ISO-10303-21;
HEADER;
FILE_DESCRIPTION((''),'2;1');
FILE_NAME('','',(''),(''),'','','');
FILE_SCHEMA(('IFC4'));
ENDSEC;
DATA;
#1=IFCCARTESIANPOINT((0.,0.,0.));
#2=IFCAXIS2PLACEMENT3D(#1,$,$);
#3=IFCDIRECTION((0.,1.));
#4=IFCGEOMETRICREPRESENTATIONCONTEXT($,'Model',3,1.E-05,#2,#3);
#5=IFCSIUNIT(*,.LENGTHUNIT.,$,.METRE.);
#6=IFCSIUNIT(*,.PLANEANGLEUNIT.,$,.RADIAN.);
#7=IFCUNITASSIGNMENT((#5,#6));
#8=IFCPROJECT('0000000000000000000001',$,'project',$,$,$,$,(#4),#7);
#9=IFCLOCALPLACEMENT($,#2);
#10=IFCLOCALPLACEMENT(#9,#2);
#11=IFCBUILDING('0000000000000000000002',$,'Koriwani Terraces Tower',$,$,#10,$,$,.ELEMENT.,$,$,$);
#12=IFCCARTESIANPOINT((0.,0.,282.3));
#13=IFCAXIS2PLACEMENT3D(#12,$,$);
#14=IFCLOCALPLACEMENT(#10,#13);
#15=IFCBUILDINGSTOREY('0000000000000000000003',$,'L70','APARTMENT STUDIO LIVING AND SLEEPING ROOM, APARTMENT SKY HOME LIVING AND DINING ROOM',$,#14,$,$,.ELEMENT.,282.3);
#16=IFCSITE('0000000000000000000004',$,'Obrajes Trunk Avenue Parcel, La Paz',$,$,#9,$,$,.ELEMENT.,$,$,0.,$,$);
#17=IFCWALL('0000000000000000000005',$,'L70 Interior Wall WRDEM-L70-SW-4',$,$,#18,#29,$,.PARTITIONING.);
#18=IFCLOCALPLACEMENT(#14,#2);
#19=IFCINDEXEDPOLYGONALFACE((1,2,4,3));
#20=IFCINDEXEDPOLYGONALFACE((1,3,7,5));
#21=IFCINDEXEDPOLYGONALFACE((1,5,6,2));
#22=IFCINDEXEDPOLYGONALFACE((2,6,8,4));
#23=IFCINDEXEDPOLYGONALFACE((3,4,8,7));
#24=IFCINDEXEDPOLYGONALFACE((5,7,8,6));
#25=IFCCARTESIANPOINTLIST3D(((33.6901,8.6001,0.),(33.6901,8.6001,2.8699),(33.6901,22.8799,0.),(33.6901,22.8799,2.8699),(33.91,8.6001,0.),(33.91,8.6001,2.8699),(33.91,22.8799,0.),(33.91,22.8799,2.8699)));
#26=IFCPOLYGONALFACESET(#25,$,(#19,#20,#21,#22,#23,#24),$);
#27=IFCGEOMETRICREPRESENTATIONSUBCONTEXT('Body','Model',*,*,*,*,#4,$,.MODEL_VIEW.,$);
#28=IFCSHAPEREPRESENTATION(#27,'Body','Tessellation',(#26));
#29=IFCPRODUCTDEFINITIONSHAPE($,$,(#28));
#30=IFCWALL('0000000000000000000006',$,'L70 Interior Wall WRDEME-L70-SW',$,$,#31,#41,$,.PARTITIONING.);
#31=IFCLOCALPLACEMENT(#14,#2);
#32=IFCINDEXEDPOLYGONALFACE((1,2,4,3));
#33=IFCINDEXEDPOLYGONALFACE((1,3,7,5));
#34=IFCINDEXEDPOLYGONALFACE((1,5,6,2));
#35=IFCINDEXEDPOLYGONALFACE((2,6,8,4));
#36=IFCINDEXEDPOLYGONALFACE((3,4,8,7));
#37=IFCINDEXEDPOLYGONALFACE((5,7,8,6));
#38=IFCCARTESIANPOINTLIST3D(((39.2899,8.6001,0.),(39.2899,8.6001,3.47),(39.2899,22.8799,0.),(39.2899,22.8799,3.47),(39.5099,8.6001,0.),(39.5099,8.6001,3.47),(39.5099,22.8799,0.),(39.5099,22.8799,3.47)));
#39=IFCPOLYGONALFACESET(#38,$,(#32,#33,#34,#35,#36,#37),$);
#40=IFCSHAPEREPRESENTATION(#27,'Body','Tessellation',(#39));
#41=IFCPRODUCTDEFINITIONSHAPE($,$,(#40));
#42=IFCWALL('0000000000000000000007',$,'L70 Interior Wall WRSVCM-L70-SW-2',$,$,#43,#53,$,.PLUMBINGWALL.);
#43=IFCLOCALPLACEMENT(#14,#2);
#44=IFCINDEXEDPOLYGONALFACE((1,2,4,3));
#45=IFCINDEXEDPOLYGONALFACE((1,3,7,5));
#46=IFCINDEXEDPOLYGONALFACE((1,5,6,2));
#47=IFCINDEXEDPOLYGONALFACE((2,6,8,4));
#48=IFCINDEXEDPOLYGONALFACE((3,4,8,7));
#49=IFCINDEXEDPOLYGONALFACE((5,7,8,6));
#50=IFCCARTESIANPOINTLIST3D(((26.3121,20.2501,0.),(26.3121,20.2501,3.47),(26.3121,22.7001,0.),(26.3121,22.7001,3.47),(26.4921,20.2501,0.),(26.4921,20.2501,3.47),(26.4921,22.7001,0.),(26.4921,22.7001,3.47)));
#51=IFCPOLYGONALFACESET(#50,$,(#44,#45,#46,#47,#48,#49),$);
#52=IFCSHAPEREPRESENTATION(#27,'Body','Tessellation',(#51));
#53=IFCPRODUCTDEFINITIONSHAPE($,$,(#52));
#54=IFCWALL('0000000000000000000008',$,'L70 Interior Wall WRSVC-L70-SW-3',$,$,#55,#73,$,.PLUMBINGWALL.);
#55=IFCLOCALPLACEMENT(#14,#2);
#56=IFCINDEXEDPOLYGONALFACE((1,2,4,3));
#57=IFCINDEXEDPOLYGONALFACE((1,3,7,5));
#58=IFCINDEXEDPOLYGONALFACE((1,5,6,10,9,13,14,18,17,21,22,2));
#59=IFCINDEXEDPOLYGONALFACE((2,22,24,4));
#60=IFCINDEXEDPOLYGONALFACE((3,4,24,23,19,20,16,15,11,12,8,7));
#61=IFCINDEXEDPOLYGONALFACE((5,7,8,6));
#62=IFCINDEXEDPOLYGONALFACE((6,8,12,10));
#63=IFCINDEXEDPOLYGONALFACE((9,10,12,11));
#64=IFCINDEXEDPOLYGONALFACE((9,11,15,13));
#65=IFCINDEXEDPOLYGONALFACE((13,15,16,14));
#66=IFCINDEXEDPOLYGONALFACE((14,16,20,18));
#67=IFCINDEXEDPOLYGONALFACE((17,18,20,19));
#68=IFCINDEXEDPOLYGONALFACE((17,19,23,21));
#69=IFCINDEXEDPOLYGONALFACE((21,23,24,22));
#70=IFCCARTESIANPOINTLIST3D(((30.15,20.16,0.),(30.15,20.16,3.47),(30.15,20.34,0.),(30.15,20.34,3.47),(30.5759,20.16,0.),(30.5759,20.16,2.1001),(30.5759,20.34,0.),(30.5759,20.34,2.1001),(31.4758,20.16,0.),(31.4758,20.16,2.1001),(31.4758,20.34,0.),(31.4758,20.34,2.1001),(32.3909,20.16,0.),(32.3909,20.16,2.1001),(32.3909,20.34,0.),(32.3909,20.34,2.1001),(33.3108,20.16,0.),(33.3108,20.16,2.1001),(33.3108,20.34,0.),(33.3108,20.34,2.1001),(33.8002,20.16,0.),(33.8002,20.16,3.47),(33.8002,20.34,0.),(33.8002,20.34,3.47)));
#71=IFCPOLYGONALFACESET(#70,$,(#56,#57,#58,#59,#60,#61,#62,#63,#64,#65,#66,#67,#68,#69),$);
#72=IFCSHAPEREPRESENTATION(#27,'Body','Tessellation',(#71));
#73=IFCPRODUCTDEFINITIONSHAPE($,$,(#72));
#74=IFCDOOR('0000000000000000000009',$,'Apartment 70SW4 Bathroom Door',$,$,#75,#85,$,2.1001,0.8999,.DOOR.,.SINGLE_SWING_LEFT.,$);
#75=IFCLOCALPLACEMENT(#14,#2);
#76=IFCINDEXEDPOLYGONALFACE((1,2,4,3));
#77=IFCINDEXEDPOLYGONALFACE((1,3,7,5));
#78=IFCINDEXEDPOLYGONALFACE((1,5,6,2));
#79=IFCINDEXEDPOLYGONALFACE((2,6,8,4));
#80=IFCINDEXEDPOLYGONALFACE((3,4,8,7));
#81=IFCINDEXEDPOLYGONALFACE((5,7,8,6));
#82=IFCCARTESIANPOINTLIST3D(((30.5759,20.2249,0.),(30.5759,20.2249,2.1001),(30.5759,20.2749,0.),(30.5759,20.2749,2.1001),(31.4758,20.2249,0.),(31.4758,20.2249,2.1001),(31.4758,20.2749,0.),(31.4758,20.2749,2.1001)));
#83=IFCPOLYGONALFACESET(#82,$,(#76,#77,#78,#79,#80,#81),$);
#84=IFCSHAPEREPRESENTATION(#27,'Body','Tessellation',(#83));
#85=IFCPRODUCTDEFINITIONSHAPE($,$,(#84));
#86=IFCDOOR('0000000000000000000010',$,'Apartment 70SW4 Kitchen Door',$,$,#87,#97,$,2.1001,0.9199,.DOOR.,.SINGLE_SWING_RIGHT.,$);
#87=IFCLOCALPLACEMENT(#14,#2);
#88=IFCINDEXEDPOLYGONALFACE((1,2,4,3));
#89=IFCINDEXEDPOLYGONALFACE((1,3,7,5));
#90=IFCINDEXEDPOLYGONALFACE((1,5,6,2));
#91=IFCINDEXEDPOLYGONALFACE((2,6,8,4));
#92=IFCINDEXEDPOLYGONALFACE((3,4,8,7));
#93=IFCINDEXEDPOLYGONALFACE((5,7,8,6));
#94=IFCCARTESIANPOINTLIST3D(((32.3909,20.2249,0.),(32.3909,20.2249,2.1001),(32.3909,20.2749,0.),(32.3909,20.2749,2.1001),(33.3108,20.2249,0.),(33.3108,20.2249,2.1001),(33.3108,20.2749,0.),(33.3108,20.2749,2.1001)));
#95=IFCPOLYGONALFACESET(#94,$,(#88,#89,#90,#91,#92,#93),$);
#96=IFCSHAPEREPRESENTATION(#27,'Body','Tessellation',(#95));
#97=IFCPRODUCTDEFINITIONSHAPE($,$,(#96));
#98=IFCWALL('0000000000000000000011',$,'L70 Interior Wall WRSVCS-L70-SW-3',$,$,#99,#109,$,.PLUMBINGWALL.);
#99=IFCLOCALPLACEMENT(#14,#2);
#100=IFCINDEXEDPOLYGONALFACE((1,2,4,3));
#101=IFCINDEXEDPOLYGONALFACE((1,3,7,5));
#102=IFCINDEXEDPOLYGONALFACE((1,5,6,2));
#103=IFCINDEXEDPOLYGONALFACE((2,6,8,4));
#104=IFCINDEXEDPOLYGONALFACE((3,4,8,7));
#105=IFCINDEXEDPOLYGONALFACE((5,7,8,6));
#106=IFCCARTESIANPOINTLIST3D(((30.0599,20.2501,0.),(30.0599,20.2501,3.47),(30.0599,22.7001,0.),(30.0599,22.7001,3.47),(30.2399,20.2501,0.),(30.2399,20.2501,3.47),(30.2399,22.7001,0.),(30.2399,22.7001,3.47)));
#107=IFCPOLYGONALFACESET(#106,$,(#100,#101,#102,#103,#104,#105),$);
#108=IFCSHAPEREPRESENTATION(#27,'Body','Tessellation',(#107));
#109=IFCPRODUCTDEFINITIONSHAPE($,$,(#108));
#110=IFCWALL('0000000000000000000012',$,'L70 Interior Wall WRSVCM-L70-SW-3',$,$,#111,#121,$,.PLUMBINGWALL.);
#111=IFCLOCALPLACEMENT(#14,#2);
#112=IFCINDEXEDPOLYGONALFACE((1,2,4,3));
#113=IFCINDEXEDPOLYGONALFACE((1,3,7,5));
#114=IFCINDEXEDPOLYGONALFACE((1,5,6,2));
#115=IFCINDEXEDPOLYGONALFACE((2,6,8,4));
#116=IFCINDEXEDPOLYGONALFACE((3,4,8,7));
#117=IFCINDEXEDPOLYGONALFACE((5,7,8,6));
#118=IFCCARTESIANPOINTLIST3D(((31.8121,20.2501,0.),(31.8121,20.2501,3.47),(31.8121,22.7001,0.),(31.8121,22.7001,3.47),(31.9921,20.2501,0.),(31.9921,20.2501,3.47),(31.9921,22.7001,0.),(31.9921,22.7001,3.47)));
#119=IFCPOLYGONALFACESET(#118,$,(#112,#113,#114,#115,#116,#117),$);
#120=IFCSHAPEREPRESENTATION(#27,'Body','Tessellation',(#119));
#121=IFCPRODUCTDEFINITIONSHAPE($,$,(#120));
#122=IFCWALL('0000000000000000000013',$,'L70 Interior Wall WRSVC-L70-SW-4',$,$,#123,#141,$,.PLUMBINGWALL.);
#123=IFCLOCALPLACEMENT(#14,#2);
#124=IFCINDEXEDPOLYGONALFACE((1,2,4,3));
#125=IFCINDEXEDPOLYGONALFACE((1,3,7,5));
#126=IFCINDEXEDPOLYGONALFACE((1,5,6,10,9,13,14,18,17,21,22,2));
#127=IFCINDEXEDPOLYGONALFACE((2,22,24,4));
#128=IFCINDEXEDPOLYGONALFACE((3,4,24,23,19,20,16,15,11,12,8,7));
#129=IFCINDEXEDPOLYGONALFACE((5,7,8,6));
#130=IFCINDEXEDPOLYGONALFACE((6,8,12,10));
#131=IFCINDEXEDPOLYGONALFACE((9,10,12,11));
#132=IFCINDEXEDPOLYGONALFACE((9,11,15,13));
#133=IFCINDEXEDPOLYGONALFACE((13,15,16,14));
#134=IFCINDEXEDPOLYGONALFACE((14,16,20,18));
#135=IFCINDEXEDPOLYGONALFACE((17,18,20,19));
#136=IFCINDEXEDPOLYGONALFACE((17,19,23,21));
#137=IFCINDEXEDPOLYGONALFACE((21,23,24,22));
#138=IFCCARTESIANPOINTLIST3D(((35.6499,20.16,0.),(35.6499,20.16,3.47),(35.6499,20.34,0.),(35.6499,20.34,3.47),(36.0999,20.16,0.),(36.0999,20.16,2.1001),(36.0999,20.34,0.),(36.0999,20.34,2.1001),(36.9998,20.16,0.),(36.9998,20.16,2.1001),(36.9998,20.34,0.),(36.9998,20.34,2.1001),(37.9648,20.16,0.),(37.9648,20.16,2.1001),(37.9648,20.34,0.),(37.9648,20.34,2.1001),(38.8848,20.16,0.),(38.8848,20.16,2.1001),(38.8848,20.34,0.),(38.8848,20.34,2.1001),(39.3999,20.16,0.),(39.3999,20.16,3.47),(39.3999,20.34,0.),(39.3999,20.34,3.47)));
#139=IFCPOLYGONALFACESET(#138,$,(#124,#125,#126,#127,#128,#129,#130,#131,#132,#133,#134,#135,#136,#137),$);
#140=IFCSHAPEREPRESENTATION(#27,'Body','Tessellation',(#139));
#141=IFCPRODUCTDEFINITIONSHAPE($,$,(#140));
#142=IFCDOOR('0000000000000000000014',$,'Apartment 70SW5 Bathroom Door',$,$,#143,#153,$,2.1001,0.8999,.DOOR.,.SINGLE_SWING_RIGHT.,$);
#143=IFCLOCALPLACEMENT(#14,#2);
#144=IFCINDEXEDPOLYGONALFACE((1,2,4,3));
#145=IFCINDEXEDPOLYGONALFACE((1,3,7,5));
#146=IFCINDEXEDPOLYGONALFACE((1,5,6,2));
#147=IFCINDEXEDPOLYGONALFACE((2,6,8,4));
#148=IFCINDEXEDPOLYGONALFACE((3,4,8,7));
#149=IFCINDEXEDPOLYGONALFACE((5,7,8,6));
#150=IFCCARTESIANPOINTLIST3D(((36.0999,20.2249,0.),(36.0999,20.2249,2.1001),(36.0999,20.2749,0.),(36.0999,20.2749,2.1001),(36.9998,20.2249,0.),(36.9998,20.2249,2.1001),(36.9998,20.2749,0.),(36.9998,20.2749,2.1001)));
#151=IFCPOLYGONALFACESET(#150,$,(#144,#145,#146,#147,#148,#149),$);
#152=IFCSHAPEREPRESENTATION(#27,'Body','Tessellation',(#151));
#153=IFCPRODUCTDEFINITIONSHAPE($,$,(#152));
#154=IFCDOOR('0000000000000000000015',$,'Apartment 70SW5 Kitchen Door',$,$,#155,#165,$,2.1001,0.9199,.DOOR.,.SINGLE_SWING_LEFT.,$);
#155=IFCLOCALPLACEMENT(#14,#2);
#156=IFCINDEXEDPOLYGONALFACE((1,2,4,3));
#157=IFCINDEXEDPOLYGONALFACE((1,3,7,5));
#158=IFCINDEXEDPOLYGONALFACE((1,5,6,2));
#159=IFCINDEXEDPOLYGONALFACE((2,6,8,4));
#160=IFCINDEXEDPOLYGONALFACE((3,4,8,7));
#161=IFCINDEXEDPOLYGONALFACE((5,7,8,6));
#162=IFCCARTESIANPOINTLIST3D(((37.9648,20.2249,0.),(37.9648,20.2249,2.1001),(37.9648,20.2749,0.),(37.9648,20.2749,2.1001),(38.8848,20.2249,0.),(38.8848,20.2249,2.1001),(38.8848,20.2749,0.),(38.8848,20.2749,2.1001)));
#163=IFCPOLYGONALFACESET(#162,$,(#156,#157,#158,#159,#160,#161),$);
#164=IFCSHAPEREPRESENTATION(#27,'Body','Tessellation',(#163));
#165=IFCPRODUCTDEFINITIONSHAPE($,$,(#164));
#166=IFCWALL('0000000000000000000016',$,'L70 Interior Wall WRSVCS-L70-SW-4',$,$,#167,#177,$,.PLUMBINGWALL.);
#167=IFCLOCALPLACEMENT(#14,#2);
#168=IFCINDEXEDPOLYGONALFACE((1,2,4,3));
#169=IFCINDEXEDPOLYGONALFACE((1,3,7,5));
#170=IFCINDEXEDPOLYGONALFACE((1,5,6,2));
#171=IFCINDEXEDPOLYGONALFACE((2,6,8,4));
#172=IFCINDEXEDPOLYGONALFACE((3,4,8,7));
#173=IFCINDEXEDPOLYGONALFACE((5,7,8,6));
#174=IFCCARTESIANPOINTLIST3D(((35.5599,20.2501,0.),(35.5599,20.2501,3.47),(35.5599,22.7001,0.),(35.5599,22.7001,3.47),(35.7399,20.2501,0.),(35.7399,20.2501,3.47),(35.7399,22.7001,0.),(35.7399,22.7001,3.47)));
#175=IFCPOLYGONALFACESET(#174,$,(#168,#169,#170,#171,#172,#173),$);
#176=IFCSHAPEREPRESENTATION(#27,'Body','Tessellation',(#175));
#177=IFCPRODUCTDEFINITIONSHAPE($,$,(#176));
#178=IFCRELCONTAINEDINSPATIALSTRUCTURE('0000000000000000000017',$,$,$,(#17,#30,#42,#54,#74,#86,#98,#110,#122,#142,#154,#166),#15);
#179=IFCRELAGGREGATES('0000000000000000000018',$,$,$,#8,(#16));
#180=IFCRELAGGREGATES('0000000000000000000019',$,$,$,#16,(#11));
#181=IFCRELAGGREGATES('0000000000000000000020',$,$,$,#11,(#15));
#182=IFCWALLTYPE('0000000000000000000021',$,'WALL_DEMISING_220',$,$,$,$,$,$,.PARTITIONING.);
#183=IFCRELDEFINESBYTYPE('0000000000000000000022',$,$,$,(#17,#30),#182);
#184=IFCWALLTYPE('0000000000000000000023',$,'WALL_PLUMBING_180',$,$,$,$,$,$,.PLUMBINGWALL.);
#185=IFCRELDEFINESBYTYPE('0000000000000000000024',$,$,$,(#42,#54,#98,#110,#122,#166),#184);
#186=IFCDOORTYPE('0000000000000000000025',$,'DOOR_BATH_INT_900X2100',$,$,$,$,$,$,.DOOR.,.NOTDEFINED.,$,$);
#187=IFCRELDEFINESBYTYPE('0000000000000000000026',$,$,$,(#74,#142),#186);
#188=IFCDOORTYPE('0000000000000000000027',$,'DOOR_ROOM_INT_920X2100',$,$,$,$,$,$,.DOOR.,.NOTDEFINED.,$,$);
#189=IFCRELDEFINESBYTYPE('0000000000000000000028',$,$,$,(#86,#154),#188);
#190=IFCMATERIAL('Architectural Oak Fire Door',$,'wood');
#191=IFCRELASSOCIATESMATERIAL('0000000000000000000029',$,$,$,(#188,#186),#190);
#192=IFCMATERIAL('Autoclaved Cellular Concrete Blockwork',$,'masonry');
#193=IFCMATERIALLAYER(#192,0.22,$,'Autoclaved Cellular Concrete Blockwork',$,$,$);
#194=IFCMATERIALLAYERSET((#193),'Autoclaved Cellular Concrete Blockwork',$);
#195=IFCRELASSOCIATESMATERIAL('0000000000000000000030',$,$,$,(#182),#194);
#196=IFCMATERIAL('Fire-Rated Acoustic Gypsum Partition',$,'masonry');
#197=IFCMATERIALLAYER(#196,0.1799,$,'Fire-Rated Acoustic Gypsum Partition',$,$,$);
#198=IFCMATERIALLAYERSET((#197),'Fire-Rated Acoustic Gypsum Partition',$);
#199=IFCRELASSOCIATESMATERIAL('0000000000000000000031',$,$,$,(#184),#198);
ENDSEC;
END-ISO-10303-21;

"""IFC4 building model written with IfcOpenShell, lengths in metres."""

from ifc_helpers import new_model, si_unit, direction, frame, frame_2d, origin, place, context, subcontext, project, spatial, rectangle, extrude, material, layer, layer_set, type_object, element, fill, save


model = new_model("IFC4")

# Units and contexts
model_context = context("Model", 3, precision=1e-05, world=origin(), true_north=direction((0.0, 1.0)))
body_context = subcontext(model_context, "Body", "Model", "MODEL_VIEW")
ifc_project = project(units=[si_unit("LENGTHUNIT", "METRE"), si_unit("PLANEANGLEUNIT", "RADIAN")], contexts=[model_context])

# Site, building, storey
site_placement = place(None, origin())
site = spatial("IfcSite", under=ifc_project, at=site_placement, Name="Obrajes Trunk Avenue Parcel, La Paz", CompositionType="ELEMENT", RefElevation=0.0)
building_placement = place(site_placement, origin())
building = spatial("IfcBuilding", under=site, at=building_placement, Name="Koriwani Terraces Tower", CompositionType="ELEMENT")
storey_placement = place(building_placement, frame((0.0, 0.0, 282.3)))
storey = spatial("IfcBuildingStorey", under=building, at=storey_placement, Name="L70", Description="APARTMENT STUDIO LIVING AND SLEEPING ROOM, APARTMENT SKY HOME LIVING AND DINING ROOM", CompositionType="ELEMENT", Elevation=282.3)

# Shared definitions
ifc_material_1 = material(Name="Autoclaved Cellular Concrete Blockwork", Category="masonry")
ifc_material_2 = material(Name="Architectural Oak Fire Door", Category="wood")
door_type_1 = type_object("IfcDoorType", Name="DOOR_ROOM_INT_920X2100", OperationType="NOTDEFINED", PredefinedType="DOOR", material=ifc_material_2)

# Walls
ifc_layer_1 = layer(ifc_material_1, 0.22, Name="Autoclaved Cellular Concrete Blockwork")
ifc_layer_set_1 = layer_set([ifc_layer_1], Name="Autoclaved Cellular Concrete Blockwork")
wall_type_1 = type_object("IfcWallType", Name="WALL_DEMISING_220", PredefinedType="PARTITIONING", material=ifc_layer_set_1)
wall_1_placement = place(storey_placement, frame((33.8, 8.6001, 0.0), z_axis=(0.0, 0.0, 1.0), x_axis=(0.0, 1.0, 0.0)))
element("IfcWall", 1, at=wall_1_placement, inside=storey, type_object=wall_type_1, Name="L70 Interior Wall WRDEM-L70-SW-4", PredefinedType="PARTITIONING", context=body_context, shape_type="SweptSolid", body=[
    extrude(rectangle(XDim=14.2798, YDim=0.22, at=frame_2d((7.1399, 0.0))), origin(), (0.0, 0.0, 1.0), 2.8699),
])
wall_2_placement = place(storey_placement, frame((39.3999, 8.6001, 0.0), z_axis=(0.0, 0.0, 1.0), x_axis=(0.0, 1.0, 0.0)))
element("IfcWall", 2, at=wall_2_placement, inside=storey, type_object=wall_type_1, Name="L70 Interior Wall WRDEME-L70-SW", PredefinedType="PARTITIONING", context=body_context, shape_type="SweptSolid", body=[
    extrude(rectangle(XDim=14.2798, YDim=0.22, at=frame_2d((7.1399, 0.0))), origin(), (0.0, 0.0, 1.0), 3.47),
])
ifc_material_3 = material(Name="Fire-Rated Acoustic Gypsum Partition", Category="masonry")
ifc_layer_2 = layer(ifc_material_3, 0.1799, Name="Fire-Rated Acoustic Gypsum Partition")
ifc_layer_set_2 = layer_set([ifc_layer_2], Name="Fire-Rated Acoustic Gypsum Partition")
wall_type_2 = type_object("IfcWallType", Name="WALL_PLUMBING_180", PredefinedType="PLUMBINGWALL", material=ifc_layer_set_2)
wall_3_placement = place(storey_placement, frame((26.4021, 20.25, 0.0), z_axis=(0.0, 0.0, 1.0), x_axis=(0.0, 1.0, 0.0)))
element("IfcWall", 3, at=wall_3_placement, inside=storey, type_object=wall_type_2, Name="L70 Interior Wall WRSVCM-L70-SW-2", PredefinedType="PLUMBINGWALL", context=body_context, shape_type="SweptSolid", body=[
    extrude(rectangle(XDim=2.45, YDim=0.1799, at=frame_2d((1.2251, 0.0))), origin(), (0.0, 0.0, 1.0), 3.47),
])

# Wall, openings, doors
wall_4_placement = place(storey_placement, frame((30.1499, 20.25, 0.0), z_axis=(0.0, 0.0, 1.0), x_axis=(1.0, 0.0, 0.0)))
wall_4 = element("IfcWall", 4, at=wall_4_placement, inside=storey, type_object=wall_type_2, Name="L70 Interior Wall WRSVC-L70-SW-3", PredefinedType="PLUMBINGWALL", context=body_context, shape_type="SweptSolid", body=[
    extrude(rectangle(XDim=3.6501, YDim=0.1799, at=frame_2d((1.8252, 0.0))), origin(), (0.0, 0.0, 1.0), 3.47),
])
opening_1_placement = place(wall_4_placement, frame((0.426, 0.0, 0.0)))
opening_1 = element("IfcOpeningElement", 5, at=opening_1_placement, cuts=wall_4, PredefinedType="OPENING", context=body_context, shape_type="SweptSolid", body=[
    extrude(rectangle(XDim=0.8999, YDim=2.1001, at=frame_2d((0.45, 1.05))), frame((0.0, 0.1001, 0.0), z_axis=(0.0, -1.0, 0.0), x_axis=(1.0, 0.0, 0.0)), (0.0, 0.0, 1.0), 0.2),
])
opening_2_placement = place(wall_4_placement, frame((2.241, 0.0, 0.0)))
opening_2 = element("IfcOpeningElement", 6, at=opening_2_placement, cuts=wall_4, PredefinedType="OPENING", context=body_context, shape_type="SweptSolid", body=[
    extrude(rectangle(XDim=0.9199, YDim=2.1001, at=frame_2d((0.46, 1.05))), frame((0.0, 0.1001, 0.0), z_axis=(0.0, -1.0, 0.0), x_axis=(1.0, 0.0, 0.0)), (0.0, 0.0, 1.0), 0.2),
])
door_type_2 = type_object("IfcDoorType", Name="DOOR_BATH_INT_900X2100", OperationType="NOTDEFINED", PredefinedType="DOOR", material=ifc_material_2)
door_1_placement = place(opening_1_placement, origin())
door_1 = element("IfcDoor", 7, at=door_1_placement, inside=storey, type_object=door_type_2, Name="Apartment 70SW4 Bathroom Door", OperationType="SINGLE_SWING_LEFT", OverallHeight=2.1001, OverallWidth=0.8999, PredefinedType="DOOR", context=body_context, shape_type="SweptSolid", body=[
    extrude(rectangle(XDim=0.8999, YDim=2.1001, at=frame_2d((0.45, 1.05))), frame((0.0, 0.0249, 0.0), z_axis=(0.0, -1.0, 0.0), x_axis=(1.0, 0.0, 0.0)), (0.0, 0.0, 1.0), 0.05),
])
fill(opening_1, door_1)
door_2_placement = place(opening_2_placement, origin())
door_2 = element("IfcDoor", 8, at=door_2_placement, inside=storey, type_object=door_type_1, Name="Apartment 70SW4 Kitchen Door", OperationType="SINGLE_SWING_RIGHT", OverallHeight=2.1001, OverallWidth=0.9199, PredefinedType="DOOR", context=body_context, shape_type="SweptSolid", body=[
    extrude(rectangle(XDim=0.9199, YDim=2.1001, at=frame_2d((0.46, 1.05))), frame((0.0, 0.0249, 0.0), z_axis=(0.0, -1.0, 0.0), x_axis=(1.0, 0.0, 0.0)), (0.0, 0.0, 1.0), 0.05),
])
fill(opening_2, door_2)

# Walls
for number, where, z_axis, x_axis, name in (
    (9, (30.1499, 20.25, 0.0), (0.0, 0.0, 1.0), (0.0, 1.0, 0.0), "L70 Interior Wall WRSVCS-L70-SW-3"),
    (10, (31.9021, 20.25, 0.0), (0.0, 0.0, 1.0), (0.0, 1.0, 0.0), "L70 Interior Wall WRSVCM-L70-SW-3"),
):
    element("IfcWall", number, at=place(storey_placement, frame(where, z_axis=z_axis, x_axis=x_axis)), inside=storey, type_object=wall_type_2, Name=name, PredefinedType="PLUMBINGWALL", context=body_context, shape_type="SweptSolid", body=[
        extrude(rectangle(XDim=2.45, YDim=0.1799, at=frame_2d((1.2251, 0.0))), origin(), (0.0, 0.0, 1.0), 3.47),
    ])

# Wall, openings, doors
wall_5_placement = place(storey_placement, frame((35.6499, 20.25, 0.0), z_axis=(0.0, 0.0, 1.0), x_axis=(1.0, 0.0, 0.0)))
wall_5 = element("IfcWall", 11, at=wall_5_placement, inside=storey, type_object=wall_type_2, Name="L70 Interior Wall WRSVC-L70-SW-4", PredefinedType="PLUMBINGWALL", context=body_context, shape_type="SweptSolid", body=[
    extrude(rectangle(XDim=3.75, YDim=0.1799, at=frame_2d((1.875, 0.0))), origin(), (0.0, 0.0, 1.0), 3.47),
])
opening_3_placement = place(wall_5_placement, frame((0.45, 0.0, 0.0)))
opening_3 = element("IfcOpeningElement", 12, at=opening_3_placement, cuts=wall_5, PredefinedType="OPENING", context=body_context, shape_type="SweptSolid", body=[
    extrude(rectangle(XDim=0.8999, YDim=2.1001, at=frame_2d((0.45, 1.05))), frame((0.0, 0.1001, 0.0), z_axis=(0.0, -1.0, 0.0), x_axis=(1.0, 0.0, 0.0)), (0.0, 0.0, 1.0), 0.2),
])
opening_4_placement = place(wall_5_placement, frame((2.3149, 0.0, 0.0)))
opening_4 = element("IfcOpeningElement", 13, at=opening_4_placement, cuts=wall_5, PredefinedType="OPENING", context=body_context, shape_type="SweptSolid", body=[
    extrude(rectangle(XDim=0.9199, YDim=2.1001, at=frame_2d((0.46, 1.05))), frame((0.0, 0.1001, 0.0), z_axis=(0.0, -1.0, 0.0), x_axis=(1.0, 0.0, 0.0)), (0.0, 0.0, 1.0), 0.2),
])
door_3_placement = place(opening_3_placement, origin())
door_3 = element("IfcDoor", 14, at=door_3_placement, inside=storey, type_object=door_type_2, Name="Apartment 70SW5 Bathroom Door", OperationType="SINGLE_SWING_RIGHT", OverallHeight=2.1001, OverallWidth=0.8999, PredefinedType="DOOR", context=body_context, shape_type="SweptSolid", body=[
    extrude(rectangle(XDim=0.8999, YDim=2.1001, at=frame_2d((0.45, 1.05))), frame((0.0, 0.0249, 0.0), z_axis=(0.0, -1.0, 0.0), x_axis=(1.0, 0.0, 0.0)), (0.0, 0.0, 1.0), 0.05),
])
fill(opening_3, door_3)
door_4_placement = place(opening_4_placement, origin())
door_4 = element("IfcDoor", 15, at=door_4_placement, inside=storey, type_object=door_type_1, Name="Apartment 70SW5 Kitchen Door", OperationType="SINGLE_SWING_LEFT", OverallHeight=2.1001, OverallWidth=0.9199, PredefinedType="DOOR", context=body_context, shape_type="SweptSolid", body=[
    extrude(rectangle(XDim=0.9199, YDim=2.1001, at=frame_2d((0.46, 1.05))), frame((0.0, 0.0249, 0.0), z_axis=(0.0, -1.0, 0.0), x_axis=(1.0, 0.0, 0.0)), (0.0, 0.0, 1.0), 0.05),
])
fill(opening_4, door_4)

# Wall
for number, where, z_axis, x_axis, name in (
    (16, (35.6499, 20.25, 0.0), (0.0, 0.0, 1.0), (0.0, 1.0, 0.0), "L70 Interior Wall WRSVCS-L70-SW-4"),
):
    element("IfcWall", number, at=place(storey_placement, frame(where, z_axis=z_axis, x_axis=x_axis)), inside=storey, type_object=wall_type_2, Name=name, PredefinedType="PLUMBINGWALL", context=body_context, shape_type="SweptSolid", body=[
        extrude(rectangle(XDim=2.45, YDim=0.1799, at=frame_2d((1.2251, 0.0))), origin(), (0.0, 0.0, 1.0), 3.47),
    ])

save(model, "model.ifc")
